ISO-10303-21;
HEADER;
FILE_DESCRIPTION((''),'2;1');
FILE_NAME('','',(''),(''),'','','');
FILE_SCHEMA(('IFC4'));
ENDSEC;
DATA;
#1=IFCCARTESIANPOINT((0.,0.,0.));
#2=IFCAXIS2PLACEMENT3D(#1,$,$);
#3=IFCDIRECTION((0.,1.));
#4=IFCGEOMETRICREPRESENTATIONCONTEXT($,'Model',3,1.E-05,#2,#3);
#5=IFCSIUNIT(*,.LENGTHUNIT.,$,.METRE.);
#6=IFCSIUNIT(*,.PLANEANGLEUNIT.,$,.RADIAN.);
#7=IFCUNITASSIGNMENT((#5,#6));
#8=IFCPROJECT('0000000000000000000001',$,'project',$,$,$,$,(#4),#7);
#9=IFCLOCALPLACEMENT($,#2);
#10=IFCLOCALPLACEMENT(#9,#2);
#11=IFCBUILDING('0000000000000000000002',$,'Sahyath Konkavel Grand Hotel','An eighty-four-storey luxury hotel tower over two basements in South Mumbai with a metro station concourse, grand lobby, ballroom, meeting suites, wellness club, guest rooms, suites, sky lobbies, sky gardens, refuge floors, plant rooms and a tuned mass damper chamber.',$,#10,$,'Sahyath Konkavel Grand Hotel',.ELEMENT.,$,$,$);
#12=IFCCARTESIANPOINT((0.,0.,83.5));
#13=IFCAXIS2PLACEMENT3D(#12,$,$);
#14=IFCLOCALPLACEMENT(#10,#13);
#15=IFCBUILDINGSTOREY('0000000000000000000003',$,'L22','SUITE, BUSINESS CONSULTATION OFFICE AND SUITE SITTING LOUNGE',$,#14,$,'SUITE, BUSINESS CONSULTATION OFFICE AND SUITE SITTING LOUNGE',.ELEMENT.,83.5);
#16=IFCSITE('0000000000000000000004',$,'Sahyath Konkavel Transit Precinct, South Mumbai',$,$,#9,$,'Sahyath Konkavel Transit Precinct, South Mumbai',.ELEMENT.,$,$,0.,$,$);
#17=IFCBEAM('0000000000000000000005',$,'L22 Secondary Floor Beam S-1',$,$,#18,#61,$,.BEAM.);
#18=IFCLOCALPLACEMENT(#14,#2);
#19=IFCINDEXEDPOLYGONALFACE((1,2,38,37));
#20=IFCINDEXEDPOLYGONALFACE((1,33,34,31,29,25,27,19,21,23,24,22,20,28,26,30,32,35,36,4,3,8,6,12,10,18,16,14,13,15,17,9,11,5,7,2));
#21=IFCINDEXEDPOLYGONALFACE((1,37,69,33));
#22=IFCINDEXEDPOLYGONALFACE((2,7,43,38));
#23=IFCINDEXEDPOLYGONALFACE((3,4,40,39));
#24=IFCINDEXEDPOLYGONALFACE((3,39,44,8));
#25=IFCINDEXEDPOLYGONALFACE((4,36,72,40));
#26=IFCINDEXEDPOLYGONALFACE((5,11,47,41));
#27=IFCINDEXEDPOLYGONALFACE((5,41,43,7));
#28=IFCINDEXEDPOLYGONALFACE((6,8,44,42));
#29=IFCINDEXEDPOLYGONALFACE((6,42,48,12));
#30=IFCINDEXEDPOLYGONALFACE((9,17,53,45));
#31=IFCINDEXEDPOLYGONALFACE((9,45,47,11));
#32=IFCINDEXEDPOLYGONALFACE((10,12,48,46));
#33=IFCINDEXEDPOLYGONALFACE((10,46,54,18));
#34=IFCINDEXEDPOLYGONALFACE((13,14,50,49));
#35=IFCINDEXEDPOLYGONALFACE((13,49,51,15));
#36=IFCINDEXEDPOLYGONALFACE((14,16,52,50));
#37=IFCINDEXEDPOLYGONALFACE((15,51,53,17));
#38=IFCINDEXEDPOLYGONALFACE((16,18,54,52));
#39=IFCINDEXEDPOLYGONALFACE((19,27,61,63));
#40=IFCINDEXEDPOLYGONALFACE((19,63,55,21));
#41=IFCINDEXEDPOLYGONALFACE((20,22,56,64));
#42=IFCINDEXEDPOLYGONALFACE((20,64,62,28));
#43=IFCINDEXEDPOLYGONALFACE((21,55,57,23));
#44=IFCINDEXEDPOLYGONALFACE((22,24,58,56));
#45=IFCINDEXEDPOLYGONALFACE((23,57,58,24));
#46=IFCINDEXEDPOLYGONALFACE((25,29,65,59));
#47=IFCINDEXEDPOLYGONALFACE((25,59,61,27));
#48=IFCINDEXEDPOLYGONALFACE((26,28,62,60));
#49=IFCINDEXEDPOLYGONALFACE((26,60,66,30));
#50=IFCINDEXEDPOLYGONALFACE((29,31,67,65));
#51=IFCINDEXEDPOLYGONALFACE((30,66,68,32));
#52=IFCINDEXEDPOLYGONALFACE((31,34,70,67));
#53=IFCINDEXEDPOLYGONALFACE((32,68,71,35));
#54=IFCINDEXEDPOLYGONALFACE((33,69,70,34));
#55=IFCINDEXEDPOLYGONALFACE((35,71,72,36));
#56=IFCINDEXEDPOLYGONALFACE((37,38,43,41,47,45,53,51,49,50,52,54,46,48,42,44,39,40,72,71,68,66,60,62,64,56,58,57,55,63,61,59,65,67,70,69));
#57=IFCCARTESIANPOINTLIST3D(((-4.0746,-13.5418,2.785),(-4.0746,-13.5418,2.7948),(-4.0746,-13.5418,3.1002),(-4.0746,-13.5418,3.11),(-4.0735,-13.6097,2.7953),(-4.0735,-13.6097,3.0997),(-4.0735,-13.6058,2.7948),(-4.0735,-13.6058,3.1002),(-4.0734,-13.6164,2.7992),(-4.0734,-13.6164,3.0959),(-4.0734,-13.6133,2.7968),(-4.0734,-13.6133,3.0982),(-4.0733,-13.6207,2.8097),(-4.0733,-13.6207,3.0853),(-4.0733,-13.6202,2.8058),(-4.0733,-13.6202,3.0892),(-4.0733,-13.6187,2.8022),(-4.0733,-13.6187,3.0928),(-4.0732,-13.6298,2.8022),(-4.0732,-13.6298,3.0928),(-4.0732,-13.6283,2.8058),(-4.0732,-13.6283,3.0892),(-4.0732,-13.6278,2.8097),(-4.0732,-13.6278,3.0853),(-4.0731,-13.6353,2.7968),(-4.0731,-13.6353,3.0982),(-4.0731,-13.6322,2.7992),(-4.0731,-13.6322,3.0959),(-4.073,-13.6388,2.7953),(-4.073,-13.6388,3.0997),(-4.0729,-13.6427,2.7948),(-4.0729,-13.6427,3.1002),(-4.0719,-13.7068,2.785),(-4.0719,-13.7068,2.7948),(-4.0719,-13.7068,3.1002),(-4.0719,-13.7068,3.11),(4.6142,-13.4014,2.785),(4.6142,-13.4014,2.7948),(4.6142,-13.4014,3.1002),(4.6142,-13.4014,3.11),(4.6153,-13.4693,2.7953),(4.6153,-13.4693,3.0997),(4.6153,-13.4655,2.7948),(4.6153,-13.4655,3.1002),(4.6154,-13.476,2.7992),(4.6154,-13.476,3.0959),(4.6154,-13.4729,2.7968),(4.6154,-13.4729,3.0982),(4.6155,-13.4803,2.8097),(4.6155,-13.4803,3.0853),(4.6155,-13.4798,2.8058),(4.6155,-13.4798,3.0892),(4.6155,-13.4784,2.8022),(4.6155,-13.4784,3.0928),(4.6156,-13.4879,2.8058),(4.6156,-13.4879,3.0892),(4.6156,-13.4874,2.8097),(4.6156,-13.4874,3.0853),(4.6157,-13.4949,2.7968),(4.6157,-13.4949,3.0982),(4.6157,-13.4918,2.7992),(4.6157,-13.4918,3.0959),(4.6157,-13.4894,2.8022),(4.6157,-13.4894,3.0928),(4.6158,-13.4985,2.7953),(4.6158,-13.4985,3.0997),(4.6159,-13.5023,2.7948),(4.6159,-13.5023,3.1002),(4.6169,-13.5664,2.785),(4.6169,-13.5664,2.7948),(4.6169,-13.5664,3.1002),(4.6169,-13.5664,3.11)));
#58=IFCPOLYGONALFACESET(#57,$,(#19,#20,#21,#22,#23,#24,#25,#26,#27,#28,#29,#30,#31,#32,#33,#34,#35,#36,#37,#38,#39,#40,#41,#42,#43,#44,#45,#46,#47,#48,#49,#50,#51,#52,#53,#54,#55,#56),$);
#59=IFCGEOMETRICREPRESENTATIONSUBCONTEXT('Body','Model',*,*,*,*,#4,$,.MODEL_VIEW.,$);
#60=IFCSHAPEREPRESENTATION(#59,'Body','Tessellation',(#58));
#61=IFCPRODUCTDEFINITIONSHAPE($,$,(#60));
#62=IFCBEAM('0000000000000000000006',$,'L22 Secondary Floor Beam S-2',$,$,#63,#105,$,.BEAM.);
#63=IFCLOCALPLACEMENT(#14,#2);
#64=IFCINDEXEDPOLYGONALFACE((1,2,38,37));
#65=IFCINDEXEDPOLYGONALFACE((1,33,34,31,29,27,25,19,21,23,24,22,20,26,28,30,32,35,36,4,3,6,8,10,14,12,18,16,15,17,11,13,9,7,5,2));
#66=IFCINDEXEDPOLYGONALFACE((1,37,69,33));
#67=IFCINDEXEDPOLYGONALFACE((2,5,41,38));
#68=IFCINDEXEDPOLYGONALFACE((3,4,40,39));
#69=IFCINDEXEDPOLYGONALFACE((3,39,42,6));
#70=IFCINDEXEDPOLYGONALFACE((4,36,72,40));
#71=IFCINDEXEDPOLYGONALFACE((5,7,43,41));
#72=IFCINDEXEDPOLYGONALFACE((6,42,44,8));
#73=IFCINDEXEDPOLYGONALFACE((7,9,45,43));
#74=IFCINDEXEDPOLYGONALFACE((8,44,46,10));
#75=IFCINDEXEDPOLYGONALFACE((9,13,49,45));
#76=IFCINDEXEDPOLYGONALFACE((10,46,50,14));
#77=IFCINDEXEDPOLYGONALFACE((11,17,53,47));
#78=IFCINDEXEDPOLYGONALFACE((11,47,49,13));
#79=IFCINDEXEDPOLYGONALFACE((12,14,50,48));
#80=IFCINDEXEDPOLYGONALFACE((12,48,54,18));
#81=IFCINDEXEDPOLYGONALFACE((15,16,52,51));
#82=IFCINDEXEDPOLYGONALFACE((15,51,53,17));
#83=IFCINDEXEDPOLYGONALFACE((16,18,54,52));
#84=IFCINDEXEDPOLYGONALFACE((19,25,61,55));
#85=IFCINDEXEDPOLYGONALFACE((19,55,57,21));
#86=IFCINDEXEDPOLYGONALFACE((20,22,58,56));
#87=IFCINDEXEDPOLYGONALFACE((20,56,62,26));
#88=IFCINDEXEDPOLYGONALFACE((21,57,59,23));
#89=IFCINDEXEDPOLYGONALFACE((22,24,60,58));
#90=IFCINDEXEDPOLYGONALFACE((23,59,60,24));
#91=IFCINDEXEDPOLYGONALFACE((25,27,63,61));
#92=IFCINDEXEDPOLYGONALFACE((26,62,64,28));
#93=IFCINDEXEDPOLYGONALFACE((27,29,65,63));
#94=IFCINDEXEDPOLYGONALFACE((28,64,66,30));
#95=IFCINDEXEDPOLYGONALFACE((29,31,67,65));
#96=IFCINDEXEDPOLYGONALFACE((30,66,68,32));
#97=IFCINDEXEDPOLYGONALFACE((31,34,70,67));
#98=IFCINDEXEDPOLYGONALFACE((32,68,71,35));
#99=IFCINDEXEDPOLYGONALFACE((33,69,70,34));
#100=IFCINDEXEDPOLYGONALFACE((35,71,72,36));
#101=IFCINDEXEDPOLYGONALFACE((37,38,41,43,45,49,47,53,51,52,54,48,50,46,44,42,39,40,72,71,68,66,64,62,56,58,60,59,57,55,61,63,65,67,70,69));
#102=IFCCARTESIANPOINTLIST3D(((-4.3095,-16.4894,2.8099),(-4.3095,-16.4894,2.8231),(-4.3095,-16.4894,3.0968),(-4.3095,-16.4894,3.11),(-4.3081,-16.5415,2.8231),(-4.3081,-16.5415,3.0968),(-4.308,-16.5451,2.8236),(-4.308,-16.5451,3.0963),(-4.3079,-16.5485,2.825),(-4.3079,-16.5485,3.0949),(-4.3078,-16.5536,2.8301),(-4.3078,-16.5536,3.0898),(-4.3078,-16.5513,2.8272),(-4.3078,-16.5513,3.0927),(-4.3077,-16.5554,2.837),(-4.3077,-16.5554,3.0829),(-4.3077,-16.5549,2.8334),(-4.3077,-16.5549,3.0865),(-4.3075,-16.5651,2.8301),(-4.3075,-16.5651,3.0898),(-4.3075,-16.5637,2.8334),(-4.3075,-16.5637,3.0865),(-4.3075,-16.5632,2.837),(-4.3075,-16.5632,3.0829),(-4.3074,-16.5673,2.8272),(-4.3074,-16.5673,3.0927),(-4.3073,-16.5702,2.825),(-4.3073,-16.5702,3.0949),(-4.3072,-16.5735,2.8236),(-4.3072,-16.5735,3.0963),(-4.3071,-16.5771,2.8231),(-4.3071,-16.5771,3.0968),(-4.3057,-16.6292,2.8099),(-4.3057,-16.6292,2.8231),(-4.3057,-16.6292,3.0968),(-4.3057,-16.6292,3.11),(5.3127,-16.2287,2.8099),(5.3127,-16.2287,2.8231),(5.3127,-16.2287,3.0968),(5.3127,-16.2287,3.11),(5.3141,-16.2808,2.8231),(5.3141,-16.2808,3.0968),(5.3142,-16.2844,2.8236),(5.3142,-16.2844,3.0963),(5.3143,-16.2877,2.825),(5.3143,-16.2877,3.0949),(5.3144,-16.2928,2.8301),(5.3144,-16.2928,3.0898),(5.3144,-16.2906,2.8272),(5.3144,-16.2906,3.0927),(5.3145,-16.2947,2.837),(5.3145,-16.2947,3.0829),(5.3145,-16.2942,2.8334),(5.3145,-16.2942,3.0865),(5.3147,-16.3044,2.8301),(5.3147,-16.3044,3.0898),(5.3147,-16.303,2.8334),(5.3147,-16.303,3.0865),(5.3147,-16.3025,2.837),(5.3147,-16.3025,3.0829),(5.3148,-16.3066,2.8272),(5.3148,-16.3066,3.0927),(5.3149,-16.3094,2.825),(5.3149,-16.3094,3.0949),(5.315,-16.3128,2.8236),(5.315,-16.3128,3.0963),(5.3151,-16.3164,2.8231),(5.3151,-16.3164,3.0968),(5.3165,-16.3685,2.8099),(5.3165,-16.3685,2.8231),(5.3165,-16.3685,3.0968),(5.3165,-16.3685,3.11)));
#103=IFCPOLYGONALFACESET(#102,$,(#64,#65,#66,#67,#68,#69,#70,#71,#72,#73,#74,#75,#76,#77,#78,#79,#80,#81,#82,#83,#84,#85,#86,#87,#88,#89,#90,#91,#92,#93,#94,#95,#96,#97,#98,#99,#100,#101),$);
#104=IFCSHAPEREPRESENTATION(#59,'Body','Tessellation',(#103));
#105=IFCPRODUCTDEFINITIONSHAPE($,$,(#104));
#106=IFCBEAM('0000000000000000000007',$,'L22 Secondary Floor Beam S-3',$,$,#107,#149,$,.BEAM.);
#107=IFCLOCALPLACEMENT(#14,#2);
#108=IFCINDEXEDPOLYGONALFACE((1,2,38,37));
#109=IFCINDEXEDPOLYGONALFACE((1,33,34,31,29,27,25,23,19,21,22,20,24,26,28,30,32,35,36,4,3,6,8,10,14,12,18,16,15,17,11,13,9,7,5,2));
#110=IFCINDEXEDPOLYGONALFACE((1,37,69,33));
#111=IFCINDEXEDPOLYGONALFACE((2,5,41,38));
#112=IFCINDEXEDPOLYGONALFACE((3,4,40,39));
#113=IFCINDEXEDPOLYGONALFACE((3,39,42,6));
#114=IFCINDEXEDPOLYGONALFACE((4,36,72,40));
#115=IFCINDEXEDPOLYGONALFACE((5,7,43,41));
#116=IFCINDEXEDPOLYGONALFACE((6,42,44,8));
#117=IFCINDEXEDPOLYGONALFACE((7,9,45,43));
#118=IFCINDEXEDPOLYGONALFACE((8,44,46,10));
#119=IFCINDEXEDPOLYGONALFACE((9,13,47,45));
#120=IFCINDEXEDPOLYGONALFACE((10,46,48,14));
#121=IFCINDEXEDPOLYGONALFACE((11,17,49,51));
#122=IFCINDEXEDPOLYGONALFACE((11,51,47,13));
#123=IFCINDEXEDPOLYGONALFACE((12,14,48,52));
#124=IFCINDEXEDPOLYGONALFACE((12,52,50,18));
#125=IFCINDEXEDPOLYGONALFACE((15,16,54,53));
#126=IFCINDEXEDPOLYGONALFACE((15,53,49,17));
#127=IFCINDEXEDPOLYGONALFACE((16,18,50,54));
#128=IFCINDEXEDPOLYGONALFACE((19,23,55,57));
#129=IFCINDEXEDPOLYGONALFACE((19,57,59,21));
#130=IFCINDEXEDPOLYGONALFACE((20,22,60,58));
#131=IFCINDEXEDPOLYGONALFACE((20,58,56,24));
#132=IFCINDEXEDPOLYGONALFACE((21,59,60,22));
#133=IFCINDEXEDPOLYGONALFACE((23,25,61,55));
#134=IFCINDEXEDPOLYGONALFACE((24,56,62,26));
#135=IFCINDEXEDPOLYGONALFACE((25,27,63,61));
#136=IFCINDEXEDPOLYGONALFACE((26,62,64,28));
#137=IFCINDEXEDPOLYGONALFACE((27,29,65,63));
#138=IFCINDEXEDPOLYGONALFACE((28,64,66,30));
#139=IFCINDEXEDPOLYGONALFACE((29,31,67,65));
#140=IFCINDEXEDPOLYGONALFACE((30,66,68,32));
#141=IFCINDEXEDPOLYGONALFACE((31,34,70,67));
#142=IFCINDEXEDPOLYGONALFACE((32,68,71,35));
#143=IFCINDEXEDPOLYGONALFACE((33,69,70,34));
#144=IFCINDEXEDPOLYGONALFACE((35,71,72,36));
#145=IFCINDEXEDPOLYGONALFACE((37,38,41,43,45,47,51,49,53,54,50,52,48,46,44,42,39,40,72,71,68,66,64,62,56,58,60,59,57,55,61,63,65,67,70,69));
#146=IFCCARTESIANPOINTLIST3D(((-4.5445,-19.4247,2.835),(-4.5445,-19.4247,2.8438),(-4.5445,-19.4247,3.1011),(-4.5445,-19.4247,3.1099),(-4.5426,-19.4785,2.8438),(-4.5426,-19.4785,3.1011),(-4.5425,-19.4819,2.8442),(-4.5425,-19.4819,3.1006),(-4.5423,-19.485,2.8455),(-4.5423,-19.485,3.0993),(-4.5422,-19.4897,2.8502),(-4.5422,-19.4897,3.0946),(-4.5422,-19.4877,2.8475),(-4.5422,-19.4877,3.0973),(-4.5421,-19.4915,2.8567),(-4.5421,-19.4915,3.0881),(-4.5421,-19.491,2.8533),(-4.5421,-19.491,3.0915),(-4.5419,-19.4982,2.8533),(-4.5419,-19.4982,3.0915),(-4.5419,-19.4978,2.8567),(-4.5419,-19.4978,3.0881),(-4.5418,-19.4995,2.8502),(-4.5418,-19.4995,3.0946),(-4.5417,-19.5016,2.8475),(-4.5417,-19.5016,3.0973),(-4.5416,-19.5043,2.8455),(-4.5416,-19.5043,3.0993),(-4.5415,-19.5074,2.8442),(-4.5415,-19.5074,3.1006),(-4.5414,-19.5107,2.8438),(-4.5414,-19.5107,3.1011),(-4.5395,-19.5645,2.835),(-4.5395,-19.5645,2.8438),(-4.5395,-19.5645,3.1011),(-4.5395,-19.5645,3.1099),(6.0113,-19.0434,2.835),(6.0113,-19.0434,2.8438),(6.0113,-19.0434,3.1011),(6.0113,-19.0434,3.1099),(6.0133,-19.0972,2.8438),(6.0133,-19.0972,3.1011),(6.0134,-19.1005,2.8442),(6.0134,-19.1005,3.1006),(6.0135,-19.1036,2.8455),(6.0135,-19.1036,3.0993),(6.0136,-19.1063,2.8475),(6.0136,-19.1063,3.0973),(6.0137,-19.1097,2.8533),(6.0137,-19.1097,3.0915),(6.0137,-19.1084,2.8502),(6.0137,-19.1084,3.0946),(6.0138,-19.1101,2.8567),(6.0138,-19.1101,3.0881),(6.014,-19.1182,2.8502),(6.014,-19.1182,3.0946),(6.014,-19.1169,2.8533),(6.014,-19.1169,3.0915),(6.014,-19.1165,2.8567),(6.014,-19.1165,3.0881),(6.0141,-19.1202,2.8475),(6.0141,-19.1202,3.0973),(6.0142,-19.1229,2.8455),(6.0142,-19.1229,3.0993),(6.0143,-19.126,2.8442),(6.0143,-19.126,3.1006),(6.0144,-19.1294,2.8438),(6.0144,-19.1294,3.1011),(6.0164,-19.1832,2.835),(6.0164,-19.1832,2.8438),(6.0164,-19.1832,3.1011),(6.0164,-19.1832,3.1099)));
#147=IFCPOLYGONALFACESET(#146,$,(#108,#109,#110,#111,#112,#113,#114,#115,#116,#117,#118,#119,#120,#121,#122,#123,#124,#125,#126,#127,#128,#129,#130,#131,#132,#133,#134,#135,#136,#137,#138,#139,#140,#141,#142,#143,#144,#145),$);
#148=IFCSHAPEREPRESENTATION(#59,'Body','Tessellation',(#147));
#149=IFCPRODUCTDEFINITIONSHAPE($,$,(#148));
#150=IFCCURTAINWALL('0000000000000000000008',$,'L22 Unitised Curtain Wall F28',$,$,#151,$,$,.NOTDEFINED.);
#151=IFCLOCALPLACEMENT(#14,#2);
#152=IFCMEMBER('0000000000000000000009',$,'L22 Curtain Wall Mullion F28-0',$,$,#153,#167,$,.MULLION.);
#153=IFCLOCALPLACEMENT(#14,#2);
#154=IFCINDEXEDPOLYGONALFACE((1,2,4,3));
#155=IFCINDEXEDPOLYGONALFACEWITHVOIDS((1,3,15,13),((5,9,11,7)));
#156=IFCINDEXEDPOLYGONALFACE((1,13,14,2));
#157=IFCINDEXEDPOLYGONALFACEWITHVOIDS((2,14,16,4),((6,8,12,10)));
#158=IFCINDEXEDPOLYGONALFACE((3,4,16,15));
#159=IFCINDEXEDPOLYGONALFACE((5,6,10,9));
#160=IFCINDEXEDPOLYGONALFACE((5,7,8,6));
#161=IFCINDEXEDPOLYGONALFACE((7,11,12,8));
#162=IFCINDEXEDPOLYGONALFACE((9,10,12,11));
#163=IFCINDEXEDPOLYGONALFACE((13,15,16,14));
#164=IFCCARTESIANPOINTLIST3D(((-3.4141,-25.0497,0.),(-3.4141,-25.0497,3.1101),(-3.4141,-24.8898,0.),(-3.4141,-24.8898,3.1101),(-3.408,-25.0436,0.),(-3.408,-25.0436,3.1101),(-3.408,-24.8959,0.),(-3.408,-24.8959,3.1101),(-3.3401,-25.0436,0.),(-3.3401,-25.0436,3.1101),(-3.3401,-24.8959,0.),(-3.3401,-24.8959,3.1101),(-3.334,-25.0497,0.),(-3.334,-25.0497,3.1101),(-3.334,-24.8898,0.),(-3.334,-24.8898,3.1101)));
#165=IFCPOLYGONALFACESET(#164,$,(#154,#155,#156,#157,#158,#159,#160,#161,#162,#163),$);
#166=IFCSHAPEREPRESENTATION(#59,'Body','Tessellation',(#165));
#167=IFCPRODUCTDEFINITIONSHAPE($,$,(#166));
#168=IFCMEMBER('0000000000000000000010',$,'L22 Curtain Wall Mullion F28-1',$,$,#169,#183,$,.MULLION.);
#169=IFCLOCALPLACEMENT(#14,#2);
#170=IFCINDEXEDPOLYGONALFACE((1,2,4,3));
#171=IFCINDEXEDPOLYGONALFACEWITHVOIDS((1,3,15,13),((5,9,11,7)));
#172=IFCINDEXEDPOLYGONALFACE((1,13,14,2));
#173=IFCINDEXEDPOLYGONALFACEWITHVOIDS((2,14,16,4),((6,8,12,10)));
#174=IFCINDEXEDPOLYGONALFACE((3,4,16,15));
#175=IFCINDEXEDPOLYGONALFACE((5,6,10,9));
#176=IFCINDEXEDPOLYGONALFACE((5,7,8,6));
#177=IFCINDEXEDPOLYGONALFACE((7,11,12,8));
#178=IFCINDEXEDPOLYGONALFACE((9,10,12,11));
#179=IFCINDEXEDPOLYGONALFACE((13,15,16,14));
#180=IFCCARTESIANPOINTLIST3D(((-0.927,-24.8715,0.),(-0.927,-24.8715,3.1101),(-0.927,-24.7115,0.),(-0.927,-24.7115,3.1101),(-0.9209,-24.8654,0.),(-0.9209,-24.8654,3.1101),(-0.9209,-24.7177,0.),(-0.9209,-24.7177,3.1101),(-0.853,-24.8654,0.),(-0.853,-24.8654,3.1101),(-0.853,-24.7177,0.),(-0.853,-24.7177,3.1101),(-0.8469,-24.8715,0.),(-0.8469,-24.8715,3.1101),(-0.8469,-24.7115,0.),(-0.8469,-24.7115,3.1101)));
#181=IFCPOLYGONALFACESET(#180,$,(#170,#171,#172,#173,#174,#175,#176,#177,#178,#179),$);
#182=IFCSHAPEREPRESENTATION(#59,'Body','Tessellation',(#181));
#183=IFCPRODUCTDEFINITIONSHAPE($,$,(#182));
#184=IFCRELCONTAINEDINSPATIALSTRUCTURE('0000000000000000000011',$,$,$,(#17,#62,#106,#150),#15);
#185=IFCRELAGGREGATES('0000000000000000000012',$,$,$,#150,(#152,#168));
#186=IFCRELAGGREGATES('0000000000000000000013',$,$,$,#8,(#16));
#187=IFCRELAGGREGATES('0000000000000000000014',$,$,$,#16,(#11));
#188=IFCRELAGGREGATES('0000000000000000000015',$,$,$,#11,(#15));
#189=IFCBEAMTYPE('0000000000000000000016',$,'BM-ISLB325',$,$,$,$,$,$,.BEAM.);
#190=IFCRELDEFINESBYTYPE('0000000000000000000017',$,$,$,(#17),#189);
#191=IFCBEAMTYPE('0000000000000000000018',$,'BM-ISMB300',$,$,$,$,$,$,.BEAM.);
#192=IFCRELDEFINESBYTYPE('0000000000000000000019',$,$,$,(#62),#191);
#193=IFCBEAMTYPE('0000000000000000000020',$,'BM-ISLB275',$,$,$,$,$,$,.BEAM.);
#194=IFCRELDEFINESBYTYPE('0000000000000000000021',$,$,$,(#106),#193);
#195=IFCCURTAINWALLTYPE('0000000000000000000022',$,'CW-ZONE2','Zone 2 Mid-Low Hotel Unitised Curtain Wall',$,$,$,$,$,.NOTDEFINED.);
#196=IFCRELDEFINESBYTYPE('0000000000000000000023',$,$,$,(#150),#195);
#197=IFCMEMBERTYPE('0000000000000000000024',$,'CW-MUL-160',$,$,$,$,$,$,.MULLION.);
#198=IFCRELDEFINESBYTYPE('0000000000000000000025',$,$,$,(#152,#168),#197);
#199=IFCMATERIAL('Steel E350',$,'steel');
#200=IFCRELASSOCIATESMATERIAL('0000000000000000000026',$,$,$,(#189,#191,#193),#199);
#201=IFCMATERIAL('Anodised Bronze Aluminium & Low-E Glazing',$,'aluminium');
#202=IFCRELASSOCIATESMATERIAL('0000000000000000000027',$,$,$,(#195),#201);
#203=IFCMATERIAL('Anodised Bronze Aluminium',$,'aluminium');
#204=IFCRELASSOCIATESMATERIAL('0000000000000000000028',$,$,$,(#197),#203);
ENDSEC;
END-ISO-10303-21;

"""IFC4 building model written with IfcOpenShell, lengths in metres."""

from ifc_helpers import new_model, si_unit, direction, frame, origin, origin_2d, place, context, subcontext, project, spatial, hollow_rectangle, i_section, extrude, source, transform, mapped, material, material_profile, profile_set, type_object, element, aggregate, save


model = new_model("IFC4")

# Units and contexts
model_context = context("Model", 3, precision=1e-05, world=origin(), true_north=direction((0.0, 1.0)))
body_context = subcontext(model_context, "Body", "Model", "MODEL_VIEW")
ifc_project = project(units=[si_unit("LENGTHUNIT", "METRE"), si_unit("PLANEANGLEUNIT", "RADIAN")], contexts=[model_context])

# Site, building, storey
site_placement = place(None, origin())
site = spatial("IfcSite", under=ifc_project, at=site_placement, Name="Sahyath Konkavel Transit Precinct, South Mumbai", LongName="Sahyath Konkavel Transit Precinct, South Mumbai", CompositionType="ELEMENT", RefElevation=0.0)
building_placement = place(site_placement, origin())
building = spatial("IfcBuilding", under=site, at=building_placement, Name="Sahyath Konkavel Grand Hotel", Description="An eighty-four-storey luxury hotel tower over two basements in South Mumbai with a metro station concourse, grand lobby, ballroom, meeting suites, wellness club, guest rooms, suites, sky lobbies, sky gardens, refuge floors, plant rooms and a tuned mass damper chamber.", LongName="Sahyath Konkavel Grand Hotel", CompositionType="ELEMENT")
storey_placement = place(building_placement, frame((0.0, 0.0, 83.5)))
storey = spatial("IfcBuildingStorey", under=building, at=storey_placement, Name="L22", Description="SUITE, BUSINESS CONSULTATION OFFICE AND SUITE SITTING LOUNGE", LongName="SUITE, BUSINESS CONSULTATION OFFICE AND SUITE SITTING LOUNGE", CompositionType="ELEMENT", Elevation=83.5)

# Beams
ifc_material_1 = material(Name="Steel E350", Category="steel")
ifc_material_profile_1 = material_profile(ifc_material_1, i_section(OverallWidth=0.165, OverallDepth=0.325, WebThickness=0.0071, FlangeThickness=0.0098, FilletRadius=0.0149, at=origin_2d()), Name="ISLB 325")
ifc_profile_set_1 = profile_set([ifc_material_profile_1], Name="Steel E350")
beam_type_1 = type_object("IfcBeamType", Name="BM-ISLB325", PredefinedType="BEAM", material=ifc_profile_set_1)
shared_shape_1 = source(origin(), body_context, "Body", "SweptSolid", [
    extrude(i_section(OverallWidth=0.165, OverallDepth=0.325, WebThickness=0.0071, FlangeThickness=0.0098, FilletRadius=0.0149, at=origin_2d()), origin(), (0.0, 0.0, 1.0), 8.6899),
])
beam_1_placement = place(storey_placement, frame((-4.0732, -13.6243, 2.9475), z_axis=(0.99987, 0.016155, 0.0), x_axis=(-0.016155, 0.99987, 0.0)))
element("IfcBeam", 1, at=beam_1_placement, inside=storey, type_object=beam_type_1, Name="L22 Secondary Floor Beam S-1", PredefinedType="BEAM", context=body_context, shape_type="MappedRepresentation", body=[
    mapped(shared_shape_1, transform((0.0, 0.0, 0.0), scale=1.0)),
])
ifc_material_profile_2 = material_profile(ifc_material_1, i_section(OverallWidth=0.1399, OverallDepth=0.3, WebThickness=0.0078, FlangeThickness=0.0132, FilletRadius=0.0139, at=origin_2d()), Name="ISMB 300")
ifc_profile_set_2 = profile_set([ifc_material_profile_2], Name="Steel E350")
beam_type_2 = type_object("IfcBeamType", Name="BM-ISMB300", PredefinedType="BEAM", material=ifc_profile_set_2)
shared_shape_2 = source(origin(), body_context, "Body", "SweptSolid", [
    extrude(i_section(OverallWidth=0.1399, OverallDepth=0.3, WebThickness=0.0078, FlangeThickness=0.0132, FilletRadius=0.0139, at=origin_2d()), origin(), (0.0, 0.0, 1.0), 9.6257),
])
beam_2_placement = place(storey_placement, frame((-4.3076, -16.5593, 2.96), z_axis=(0.999633, 0.027088, 0.0), x_axis=(-0.027088, 0.999633, 0.0)))
element("IfcBeam", 2, at=beam_2_placement, inside=storey, type_object=beam_type_2, Name="L22 Secondary Floor Beam S-2", PredefinedType="BEAM", context=body_context, shape_type="MappedRepresentation", body=[
    mapped(shared_shape_2, transform((0.0, 0.0, 0.0), scale=1.0)),
])
ifc_material_profile_3 = material_profile(ifc_material_1, i_section(OverallWidth=0.1399, OverallDepth=0.2749, WebThickness=0.0063, FlangeThickness=0.0088, FilletRadius=0.0129, at=origin_2d()), Name="ISLB 275")
ifc_profile_set_3 = profile_set([ifc_material_profile_3], Name="Steel E350")
beam_type_3 = type_object("IfcBeamType", Name="BM-ISLB275", PredefinedType="BEAM", material=ifc_profile_set_3)
shared_shape_3 = source(origin(), body_context, "Body", "SweptSolid", [
    extrude(i_section(OverallWidth=0.1399, OverallDepth=0.2749, WebThickness=0.0063, FlangeThickness=0.0088, FilletRadius=0.0129, at=origin_2d()), origin(), (0.0, 0.0, 1.0), 10.5627),
])
beam_3_placement = place(storey_placement, frame((-4.542, -19.4946, 2.9724), z_axis=(0.999348, 0.036103, 0.0), x_axis=(-0.036103, 0.999348, 0.0)))
element("IfcBeam", 3, at=beam_3_placement, inside=storey, type_object=beam_type_3, Name="L22 Secondary Floor Beam S-3", PredefinedType="BEAM", context=body_context, shape_type="MappedRepresentation", body=[
    mapped(shared_shape_3, transform((0.0, 0.0, 0.0), scale=1.0)),
])

# Curtain wall, members
ifc_material_2 = material(Name="Anodised Bronze Aluminium & Low-E Glazing", Category="aluminium")
curtain_wall_type = type_object("IfcCurtainWallType", Name="CW-ZONE2", Description="Zone 2 Mid-Low Hotel Unitised Curtain Wall", PredefinedType="NOTDEFINED", material=ifc_material_2)
curtain_wall_placement = place(storey_placement, origin())
curtain_wall = element("IfcCurtainWall", 4, at=curtain_wall_placement, inside=storey, type_object=curtain_wall_type, Name="L22 Unitised Curtain Wall F28", PredefinedType="NOTDEFINED")
ifc_material_3 = material(Name="Anodised Bronze Aluminium", Category="aluminium")
ifc_material_profile_4 = material_profile(ifc_material_3, hollow_rectangle(XDim=0.0801, YDim=0.1599, WallThickness=0.0061, at=origin_2d()), Name="RHS 160x80x6")
ifc_profile_set_4 = profile_set([ifc_material_profile_4], Name="Anodised Bronze Aluminium")
member_type_1 = type_object("IfcMemberType", Name="CW-MUL-160", PredefinedType="MULLION", material=ifc_profile_set_4)
shared_shape_4 = source(origin(), body_context, "Body", "SweptSolid", [
    extrude(hollow_rectangle(XDim=0.0801, YDim=0.1599, WallThickness=0.0061, at=origin_2d()), origin(), (0.0, 0.0, 1.0), 3.1101),
])
member_1_placement = place(storey_placement, frame((-3.374, -24.9697, 0.0), z_axis=(0.0, 0.0, 1.0), x_axis=(1.0, 0.0, 0.0)))
member_1 = element("IfcMember", 5, at=member_1_placement, type_object=member_type_1, Name="L22 Curtain Wall Mullion F28-0", PredefinedType="MULLION", context=body_context, shape_type="MappedRepresentation", body=[
    mapped(shared_shape_4, transform((0.0, 0.0, 0.0), scale=1.0)),
])
member_2_placement = place(storey_placement, frame((-0.887, -24.7915, 0.0), z_axis=(0.0, 0.0, 1.0), x_axis=(1.0, 0.0, 0.0)))
member_2 = element("IfcMember", 6, at=member_2_placement, type_object=member_type_1, Name="L22 Curtain Wall Mullion F28-1", PredefinedType="MULLION", context=body_context, shape_type="MappedRepresentation", body=[
    mapped(shared_shape_4, transform((0.0, 0.0, 0.0), scale=1.0)),
])
aggregate(curtain_wall, [member_1, member_2])

save(model, "model.ifc")
